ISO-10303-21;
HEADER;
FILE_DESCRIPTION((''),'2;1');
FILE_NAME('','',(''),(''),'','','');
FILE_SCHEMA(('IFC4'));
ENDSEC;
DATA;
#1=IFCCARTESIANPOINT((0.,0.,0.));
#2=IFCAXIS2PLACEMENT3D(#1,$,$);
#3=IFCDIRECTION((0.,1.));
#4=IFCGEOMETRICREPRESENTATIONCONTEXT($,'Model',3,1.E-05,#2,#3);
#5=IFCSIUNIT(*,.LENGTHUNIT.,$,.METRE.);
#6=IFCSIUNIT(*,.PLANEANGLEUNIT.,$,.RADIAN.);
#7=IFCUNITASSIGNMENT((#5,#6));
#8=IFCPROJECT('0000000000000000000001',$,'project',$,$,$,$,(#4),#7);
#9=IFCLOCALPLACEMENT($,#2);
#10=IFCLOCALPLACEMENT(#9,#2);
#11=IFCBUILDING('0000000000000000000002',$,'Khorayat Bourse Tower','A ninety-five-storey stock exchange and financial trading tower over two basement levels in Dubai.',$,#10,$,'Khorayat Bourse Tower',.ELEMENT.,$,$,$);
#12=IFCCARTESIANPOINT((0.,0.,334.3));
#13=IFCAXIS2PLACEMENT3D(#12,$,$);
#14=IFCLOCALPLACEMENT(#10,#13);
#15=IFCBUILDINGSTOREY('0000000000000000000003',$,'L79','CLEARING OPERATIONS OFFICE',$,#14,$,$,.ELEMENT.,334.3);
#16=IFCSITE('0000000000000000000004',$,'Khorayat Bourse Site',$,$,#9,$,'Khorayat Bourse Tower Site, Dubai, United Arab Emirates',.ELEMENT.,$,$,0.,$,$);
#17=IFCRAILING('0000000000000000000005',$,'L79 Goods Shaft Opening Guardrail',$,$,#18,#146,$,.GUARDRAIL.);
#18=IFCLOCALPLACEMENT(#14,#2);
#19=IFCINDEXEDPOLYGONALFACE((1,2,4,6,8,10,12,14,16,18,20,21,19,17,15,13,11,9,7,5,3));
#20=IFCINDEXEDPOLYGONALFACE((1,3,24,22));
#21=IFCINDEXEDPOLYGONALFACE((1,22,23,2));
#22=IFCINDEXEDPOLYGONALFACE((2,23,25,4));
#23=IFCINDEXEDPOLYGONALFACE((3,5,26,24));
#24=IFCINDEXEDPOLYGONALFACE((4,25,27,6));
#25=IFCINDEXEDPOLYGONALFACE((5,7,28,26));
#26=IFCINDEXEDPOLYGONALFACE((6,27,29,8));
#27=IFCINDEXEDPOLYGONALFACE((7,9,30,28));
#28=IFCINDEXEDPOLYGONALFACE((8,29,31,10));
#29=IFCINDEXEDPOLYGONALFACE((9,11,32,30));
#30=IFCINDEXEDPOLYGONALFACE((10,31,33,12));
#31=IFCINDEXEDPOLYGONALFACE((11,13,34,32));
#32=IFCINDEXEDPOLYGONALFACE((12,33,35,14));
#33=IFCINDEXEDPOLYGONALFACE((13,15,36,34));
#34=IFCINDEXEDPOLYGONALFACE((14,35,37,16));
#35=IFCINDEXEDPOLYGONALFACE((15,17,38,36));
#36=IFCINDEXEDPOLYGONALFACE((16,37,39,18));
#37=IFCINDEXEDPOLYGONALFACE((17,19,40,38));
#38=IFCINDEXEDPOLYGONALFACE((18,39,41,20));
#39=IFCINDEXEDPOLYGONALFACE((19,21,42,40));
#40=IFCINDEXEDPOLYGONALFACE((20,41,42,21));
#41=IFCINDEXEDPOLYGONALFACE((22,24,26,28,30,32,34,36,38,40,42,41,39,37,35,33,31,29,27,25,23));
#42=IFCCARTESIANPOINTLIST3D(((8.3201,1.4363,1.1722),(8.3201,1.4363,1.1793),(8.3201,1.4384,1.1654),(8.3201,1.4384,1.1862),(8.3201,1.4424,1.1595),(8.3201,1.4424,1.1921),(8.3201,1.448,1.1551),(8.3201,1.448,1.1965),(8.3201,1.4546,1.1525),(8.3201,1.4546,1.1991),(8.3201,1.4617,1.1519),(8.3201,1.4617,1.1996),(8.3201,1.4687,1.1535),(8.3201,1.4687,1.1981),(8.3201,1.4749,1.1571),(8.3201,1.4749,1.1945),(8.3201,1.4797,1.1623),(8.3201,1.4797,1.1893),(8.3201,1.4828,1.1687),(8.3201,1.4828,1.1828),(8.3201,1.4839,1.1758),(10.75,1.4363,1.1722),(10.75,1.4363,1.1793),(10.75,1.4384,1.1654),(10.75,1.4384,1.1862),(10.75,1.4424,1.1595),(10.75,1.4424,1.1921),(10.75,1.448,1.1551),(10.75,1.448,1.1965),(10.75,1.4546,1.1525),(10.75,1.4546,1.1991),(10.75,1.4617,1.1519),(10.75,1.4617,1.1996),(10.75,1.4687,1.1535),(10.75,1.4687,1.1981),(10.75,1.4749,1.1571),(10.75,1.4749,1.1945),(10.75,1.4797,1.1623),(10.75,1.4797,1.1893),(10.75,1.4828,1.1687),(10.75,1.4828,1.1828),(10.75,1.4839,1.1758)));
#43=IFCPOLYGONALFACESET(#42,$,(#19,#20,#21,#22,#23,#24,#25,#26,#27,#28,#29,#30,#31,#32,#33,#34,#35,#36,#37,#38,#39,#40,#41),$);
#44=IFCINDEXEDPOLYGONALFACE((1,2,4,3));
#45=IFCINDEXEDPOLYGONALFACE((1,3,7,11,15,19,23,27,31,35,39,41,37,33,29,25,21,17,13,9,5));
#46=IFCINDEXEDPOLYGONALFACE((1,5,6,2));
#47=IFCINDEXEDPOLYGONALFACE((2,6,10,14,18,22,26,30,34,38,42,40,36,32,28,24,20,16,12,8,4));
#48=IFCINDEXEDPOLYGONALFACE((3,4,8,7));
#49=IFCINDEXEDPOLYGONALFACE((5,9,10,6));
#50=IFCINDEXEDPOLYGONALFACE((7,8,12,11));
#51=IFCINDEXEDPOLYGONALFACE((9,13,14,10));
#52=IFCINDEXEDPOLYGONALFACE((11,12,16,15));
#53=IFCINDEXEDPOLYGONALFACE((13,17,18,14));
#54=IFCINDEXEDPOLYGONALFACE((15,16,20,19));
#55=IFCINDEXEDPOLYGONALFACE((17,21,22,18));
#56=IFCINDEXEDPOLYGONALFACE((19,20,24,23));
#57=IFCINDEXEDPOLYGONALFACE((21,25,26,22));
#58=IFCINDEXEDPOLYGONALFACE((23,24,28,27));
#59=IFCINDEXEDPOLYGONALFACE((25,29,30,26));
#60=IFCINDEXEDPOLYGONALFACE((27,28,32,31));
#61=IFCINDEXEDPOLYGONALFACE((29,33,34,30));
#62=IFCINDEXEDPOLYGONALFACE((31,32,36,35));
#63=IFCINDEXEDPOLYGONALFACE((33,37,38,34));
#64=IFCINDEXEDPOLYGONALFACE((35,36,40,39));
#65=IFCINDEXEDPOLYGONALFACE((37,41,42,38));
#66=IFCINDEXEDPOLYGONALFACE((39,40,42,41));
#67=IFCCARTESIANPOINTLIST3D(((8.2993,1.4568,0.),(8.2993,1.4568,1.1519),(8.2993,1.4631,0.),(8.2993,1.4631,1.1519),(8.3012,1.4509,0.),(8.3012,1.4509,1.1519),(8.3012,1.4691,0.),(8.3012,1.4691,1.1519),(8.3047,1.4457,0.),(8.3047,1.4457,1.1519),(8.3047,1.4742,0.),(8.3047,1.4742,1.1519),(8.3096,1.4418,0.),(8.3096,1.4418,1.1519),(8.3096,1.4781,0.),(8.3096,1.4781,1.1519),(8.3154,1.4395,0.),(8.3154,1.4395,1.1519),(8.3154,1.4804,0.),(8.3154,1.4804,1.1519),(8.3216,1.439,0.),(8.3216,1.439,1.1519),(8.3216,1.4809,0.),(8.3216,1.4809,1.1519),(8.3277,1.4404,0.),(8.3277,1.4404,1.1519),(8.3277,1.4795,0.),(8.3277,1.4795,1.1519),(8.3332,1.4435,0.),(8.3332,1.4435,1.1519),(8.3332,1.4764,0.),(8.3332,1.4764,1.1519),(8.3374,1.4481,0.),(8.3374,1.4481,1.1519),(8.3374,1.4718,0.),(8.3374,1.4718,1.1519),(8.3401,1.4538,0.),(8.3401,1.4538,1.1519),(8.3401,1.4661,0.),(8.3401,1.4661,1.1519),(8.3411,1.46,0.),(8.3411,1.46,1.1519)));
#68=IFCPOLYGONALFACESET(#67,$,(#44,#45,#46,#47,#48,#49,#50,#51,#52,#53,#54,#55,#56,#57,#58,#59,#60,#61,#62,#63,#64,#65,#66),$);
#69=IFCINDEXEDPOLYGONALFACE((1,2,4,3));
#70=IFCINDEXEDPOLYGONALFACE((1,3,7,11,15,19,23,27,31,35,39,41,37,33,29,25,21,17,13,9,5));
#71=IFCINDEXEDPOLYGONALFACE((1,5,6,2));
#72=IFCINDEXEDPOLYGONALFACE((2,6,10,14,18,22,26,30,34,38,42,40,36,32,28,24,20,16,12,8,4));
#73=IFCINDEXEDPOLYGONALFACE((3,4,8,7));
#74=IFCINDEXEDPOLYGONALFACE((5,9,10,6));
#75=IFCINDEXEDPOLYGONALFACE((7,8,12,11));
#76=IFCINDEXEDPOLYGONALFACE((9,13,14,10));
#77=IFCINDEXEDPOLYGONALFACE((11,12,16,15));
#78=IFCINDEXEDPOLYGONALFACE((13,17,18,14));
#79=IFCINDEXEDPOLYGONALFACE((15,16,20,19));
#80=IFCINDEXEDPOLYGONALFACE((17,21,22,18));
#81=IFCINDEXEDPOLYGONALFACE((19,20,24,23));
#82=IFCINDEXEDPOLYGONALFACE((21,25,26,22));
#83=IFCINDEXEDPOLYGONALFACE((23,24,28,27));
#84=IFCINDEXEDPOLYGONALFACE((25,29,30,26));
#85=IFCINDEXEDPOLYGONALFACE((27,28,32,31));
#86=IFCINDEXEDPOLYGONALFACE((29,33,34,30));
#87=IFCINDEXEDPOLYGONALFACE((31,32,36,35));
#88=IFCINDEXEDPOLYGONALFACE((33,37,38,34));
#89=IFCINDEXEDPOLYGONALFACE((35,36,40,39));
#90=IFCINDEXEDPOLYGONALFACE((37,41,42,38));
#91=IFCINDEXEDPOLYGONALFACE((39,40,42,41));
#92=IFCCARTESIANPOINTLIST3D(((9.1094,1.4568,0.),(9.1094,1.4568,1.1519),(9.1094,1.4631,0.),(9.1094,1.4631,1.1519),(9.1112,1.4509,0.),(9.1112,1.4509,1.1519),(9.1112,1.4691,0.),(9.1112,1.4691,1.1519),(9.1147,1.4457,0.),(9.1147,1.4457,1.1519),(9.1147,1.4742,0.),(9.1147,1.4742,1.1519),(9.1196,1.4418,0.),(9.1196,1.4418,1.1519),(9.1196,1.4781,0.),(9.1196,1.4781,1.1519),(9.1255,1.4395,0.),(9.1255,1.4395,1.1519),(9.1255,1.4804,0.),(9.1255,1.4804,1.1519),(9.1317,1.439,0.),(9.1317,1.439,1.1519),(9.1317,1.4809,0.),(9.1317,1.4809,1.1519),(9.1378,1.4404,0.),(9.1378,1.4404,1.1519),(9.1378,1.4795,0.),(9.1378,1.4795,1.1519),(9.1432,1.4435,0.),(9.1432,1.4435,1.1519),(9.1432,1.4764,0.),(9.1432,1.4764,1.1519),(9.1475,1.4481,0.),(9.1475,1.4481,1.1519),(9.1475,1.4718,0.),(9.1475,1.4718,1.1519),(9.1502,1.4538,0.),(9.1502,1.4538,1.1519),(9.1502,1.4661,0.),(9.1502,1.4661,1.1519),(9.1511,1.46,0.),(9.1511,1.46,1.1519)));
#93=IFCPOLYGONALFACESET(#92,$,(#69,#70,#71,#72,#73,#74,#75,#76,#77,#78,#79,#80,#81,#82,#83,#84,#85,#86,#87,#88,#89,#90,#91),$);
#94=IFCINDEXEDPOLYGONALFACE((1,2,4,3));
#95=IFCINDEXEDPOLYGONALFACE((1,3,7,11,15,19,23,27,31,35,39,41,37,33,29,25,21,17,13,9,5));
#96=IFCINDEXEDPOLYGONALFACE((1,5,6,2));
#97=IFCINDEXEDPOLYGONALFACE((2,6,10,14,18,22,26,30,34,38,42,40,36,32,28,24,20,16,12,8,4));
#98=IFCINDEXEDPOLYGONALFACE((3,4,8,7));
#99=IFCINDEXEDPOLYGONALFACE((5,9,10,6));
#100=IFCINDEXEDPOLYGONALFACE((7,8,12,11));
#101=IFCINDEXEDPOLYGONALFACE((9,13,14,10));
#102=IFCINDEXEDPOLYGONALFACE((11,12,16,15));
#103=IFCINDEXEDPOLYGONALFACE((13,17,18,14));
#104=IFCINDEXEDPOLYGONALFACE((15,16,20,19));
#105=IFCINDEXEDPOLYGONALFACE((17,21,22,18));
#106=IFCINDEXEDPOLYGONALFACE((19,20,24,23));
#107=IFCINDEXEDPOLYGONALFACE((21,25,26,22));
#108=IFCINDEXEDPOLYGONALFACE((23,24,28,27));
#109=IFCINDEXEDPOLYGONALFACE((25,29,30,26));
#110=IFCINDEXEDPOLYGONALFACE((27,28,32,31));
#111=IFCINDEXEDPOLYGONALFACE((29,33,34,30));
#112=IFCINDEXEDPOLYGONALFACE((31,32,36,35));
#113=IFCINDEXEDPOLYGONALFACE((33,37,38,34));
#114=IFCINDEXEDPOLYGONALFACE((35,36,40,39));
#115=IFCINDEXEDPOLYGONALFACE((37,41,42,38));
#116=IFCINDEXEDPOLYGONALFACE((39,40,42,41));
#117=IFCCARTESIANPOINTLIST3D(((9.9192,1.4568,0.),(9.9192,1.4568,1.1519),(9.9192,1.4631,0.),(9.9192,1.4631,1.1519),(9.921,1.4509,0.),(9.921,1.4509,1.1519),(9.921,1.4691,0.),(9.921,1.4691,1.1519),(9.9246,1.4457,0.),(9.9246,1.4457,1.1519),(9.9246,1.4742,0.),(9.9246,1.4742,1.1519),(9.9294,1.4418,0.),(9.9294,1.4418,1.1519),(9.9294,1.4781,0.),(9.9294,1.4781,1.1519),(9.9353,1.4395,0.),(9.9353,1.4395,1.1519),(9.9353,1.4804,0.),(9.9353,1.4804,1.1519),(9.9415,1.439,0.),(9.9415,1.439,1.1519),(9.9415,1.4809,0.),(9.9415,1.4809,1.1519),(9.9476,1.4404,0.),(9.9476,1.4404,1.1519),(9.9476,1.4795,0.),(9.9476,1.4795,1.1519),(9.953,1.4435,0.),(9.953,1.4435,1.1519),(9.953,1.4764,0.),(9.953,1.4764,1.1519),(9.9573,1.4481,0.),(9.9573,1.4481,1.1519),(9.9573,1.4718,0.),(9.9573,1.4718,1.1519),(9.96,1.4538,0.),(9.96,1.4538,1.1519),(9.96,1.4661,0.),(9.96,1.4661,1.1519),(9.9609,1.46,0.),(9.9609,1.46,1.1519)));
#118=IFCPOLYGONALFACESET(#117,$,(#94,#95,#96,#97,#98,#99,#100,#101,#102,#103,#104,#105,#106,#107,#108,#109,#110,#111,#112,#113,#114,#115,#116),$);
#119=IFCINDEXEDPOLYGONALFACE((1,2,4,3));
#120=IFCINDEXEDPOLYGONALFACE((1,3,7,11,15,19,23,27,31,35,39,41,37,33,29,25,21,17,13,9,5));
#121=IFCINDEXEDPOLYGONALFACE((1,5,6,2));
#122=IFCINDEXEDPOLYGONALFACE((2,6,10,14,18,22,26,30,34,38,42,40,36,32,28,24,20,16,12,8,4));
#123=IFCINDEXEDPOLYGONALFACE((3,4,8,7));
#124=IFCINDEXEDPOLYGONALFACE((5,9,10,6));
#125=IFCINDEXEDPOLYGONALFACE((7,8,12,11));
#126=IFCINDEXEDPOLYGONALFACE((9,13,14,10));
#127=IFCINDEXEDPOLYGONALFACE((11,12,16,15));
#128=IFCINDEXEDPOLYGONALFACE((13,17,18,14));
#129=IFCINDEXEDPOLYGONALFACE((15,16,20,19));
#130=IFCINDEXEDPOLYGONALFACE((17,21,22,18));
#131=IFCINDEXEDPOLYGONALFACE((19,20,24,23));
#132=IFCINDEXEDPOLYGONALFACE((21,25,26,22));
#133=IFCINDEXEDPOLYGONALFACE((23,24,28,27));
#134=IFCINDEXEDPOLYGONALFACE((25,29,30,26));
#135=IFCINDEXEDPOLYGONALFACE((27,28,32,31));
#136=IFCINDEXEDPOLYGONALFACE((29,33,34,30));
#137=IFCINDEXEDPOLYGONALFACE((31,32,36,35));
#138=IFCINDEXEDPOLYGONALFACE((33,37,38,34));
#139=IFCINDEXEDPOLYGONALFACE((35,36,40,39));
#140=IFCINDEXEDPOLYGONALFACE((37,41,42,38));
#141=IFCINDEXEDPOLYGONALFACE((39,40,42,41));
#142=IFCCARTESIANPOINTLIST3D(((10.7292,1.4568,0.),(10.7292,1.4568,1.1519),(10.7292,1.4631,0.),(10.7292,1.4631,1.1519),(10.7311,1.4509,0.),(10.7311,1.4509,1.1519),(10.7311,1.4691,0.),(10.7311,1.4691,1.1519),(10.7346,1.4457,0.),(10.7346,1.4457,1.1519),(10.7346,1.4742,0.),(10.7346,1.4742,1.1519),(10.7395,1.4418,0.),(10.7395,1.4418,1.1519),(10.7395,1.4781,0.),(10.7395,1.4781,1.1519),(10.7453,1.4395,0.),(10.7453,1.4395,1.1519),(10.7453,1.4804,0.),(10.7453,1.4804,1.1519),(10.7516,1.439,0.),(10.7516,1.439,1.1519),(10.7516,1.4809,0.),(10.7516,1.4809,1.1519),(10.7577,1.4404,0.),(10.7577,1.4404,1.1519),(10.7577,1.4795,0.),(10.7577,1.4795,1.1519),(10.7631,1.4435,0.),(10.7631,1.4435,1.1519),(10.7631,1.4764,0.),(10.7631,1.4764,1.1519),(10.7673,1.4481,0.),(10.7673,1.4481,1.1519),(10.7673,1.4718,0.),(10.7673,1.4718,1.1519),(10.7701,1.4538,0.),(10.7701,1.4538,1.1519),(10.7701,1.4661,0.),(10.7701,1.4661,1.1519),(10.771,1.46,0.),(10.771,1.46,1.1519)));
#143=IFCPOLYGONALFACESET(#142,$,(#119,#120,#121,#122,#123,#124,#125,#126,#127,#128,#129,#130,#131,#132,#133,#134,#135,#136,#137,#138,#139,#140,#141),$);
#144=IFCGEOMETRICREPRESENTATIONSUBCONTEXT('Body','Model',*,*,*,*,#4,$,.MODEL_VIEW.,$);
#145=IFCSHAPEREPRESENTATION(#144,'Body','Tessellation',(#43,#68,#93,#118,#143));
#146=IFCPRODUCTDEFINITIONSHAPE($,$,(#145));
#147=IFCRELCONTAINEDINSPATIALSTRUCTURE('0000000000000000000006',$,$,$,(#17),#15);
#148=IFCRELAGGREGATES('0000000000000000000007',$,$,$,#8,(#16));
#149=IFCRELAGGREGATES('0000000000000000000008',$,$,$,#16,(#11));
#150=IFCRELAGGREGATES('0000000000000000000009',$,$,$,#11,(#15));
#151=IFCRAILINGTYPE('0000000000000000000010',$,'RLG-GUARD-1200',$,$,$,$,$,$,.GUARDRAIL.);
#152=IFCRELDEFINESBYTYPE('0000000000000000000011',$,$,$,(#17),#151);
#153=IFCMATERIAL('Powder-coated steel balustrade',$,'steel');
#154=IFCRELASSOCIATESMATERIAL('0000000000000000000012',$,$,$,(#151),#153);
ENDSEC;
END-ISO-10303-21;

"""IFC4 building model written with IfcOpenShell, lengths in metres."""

from ifc_helpers import new_model, si_unit, direction, frame, origin, origin_2d, place, context, subcontext, project, spatial, circle, extrude, source, transform, mapped, material, type_object, element, save


model = new_model("IFC4")

# Units and contexts
model_context = context("Model", 3, precision=1e-05, world=origin(), true_north=direction((0.0, 1.0)))
body_context = subcontext(model_context, "Body", "Model", "MODEL_VIEW")
ifc_project = project(units=[si_unit("LENGTHUNIT", "METRE"), si_unit("PLANEANGLEUNIT", "RADIAN")], contexts=[model_context])

# Site, building, storey
site_placement = place(None, origin())
site = spatial("IfcSite", under=ifc_project, at=site_placement, Name="Khorayat Bourse Site", LongName="Khorayat Bourse Tower Site, Dubai, United Arab Emirates", CompositionType="ELEMENT", RefElevation=0.0)
building_placement = place(site_placement, origin())
building = spatial("IfcBuilding", under=site, at=building_placement, Name="Khorayat Bourse Tower", Description="A ninety-five-storey stock exchange and financial trading tower over two basement levels in Dubai.", LongName="Khorayat Bourse Tower", CompositionType="ELEMENT")
storey_placement = place(building_placement, frame((0.0, 0.0, 334.3)))
storey = spatial("IfcBuildingStorey", under=building, at=storey_placement, Name="L79", Description="CLEARING OPERATIONS OFFICE", CompositionType="ELEMENT", Elevation=334.3)

# Railing
ifc_material_1 = material(Name="Powder-coated steel balustrade", Category="steel")
railing_type = type_object("IfcRailingType", Name="RLG-GUARD-1200", PredefinedType="GUARDRAIL", material=ifc_material_1)
shared_shape_1 = source(origin(), body_context, "Body", "SweptSolid", [
    extrude(circle(Radius=0.0239, at=origin_2d()), frame((0.0, 0.0, 1.1758), z_axis=(1.0, 0.0, 0.0), x_axis=(0.0, 1.0, 0.0)), (0.0, 0.0, 1.0), 2.4299),
    extrude(circle(Radius=0.021, at=origin_2d()), origin(), (0.0, 0.0, 1.0), 1.1519),
    extrude(circle(Radius=0.021, at=origin_2d()), frame((0.8101, 0.0, 0.0)), (0.0, 0.0, 1.0), 1.1519),
    extrude(circle(Radius=0.021, at=origin_2d()), frame((1.6199, 0.0, 0.0)), (0.0, 0.0, 1.0), 1.1519),
    extrude(circle(Radius=0.021, at=origin_2d()), frame((2.4299, 0.0, 0.0)), (0.0, 0.0, 1.0), 1.1519),
])
railing_placement = place(storey_placement, frame((8.3201, 1.46, 0.0)))
element("IfcRailing", 1, at=railing_placement, inside=storey, type_object=railing_type, Name="L79 Goods Shaft Opening Guardrail", PredefinedType="GUARDRAIL", context=body_context, shape_type="MappedRepresentation", body=[
    mapped(shared_shape_1, transform((0.0, 0.0, 0.0), scale=1.0)),
])

save(model, "model.ifc")
